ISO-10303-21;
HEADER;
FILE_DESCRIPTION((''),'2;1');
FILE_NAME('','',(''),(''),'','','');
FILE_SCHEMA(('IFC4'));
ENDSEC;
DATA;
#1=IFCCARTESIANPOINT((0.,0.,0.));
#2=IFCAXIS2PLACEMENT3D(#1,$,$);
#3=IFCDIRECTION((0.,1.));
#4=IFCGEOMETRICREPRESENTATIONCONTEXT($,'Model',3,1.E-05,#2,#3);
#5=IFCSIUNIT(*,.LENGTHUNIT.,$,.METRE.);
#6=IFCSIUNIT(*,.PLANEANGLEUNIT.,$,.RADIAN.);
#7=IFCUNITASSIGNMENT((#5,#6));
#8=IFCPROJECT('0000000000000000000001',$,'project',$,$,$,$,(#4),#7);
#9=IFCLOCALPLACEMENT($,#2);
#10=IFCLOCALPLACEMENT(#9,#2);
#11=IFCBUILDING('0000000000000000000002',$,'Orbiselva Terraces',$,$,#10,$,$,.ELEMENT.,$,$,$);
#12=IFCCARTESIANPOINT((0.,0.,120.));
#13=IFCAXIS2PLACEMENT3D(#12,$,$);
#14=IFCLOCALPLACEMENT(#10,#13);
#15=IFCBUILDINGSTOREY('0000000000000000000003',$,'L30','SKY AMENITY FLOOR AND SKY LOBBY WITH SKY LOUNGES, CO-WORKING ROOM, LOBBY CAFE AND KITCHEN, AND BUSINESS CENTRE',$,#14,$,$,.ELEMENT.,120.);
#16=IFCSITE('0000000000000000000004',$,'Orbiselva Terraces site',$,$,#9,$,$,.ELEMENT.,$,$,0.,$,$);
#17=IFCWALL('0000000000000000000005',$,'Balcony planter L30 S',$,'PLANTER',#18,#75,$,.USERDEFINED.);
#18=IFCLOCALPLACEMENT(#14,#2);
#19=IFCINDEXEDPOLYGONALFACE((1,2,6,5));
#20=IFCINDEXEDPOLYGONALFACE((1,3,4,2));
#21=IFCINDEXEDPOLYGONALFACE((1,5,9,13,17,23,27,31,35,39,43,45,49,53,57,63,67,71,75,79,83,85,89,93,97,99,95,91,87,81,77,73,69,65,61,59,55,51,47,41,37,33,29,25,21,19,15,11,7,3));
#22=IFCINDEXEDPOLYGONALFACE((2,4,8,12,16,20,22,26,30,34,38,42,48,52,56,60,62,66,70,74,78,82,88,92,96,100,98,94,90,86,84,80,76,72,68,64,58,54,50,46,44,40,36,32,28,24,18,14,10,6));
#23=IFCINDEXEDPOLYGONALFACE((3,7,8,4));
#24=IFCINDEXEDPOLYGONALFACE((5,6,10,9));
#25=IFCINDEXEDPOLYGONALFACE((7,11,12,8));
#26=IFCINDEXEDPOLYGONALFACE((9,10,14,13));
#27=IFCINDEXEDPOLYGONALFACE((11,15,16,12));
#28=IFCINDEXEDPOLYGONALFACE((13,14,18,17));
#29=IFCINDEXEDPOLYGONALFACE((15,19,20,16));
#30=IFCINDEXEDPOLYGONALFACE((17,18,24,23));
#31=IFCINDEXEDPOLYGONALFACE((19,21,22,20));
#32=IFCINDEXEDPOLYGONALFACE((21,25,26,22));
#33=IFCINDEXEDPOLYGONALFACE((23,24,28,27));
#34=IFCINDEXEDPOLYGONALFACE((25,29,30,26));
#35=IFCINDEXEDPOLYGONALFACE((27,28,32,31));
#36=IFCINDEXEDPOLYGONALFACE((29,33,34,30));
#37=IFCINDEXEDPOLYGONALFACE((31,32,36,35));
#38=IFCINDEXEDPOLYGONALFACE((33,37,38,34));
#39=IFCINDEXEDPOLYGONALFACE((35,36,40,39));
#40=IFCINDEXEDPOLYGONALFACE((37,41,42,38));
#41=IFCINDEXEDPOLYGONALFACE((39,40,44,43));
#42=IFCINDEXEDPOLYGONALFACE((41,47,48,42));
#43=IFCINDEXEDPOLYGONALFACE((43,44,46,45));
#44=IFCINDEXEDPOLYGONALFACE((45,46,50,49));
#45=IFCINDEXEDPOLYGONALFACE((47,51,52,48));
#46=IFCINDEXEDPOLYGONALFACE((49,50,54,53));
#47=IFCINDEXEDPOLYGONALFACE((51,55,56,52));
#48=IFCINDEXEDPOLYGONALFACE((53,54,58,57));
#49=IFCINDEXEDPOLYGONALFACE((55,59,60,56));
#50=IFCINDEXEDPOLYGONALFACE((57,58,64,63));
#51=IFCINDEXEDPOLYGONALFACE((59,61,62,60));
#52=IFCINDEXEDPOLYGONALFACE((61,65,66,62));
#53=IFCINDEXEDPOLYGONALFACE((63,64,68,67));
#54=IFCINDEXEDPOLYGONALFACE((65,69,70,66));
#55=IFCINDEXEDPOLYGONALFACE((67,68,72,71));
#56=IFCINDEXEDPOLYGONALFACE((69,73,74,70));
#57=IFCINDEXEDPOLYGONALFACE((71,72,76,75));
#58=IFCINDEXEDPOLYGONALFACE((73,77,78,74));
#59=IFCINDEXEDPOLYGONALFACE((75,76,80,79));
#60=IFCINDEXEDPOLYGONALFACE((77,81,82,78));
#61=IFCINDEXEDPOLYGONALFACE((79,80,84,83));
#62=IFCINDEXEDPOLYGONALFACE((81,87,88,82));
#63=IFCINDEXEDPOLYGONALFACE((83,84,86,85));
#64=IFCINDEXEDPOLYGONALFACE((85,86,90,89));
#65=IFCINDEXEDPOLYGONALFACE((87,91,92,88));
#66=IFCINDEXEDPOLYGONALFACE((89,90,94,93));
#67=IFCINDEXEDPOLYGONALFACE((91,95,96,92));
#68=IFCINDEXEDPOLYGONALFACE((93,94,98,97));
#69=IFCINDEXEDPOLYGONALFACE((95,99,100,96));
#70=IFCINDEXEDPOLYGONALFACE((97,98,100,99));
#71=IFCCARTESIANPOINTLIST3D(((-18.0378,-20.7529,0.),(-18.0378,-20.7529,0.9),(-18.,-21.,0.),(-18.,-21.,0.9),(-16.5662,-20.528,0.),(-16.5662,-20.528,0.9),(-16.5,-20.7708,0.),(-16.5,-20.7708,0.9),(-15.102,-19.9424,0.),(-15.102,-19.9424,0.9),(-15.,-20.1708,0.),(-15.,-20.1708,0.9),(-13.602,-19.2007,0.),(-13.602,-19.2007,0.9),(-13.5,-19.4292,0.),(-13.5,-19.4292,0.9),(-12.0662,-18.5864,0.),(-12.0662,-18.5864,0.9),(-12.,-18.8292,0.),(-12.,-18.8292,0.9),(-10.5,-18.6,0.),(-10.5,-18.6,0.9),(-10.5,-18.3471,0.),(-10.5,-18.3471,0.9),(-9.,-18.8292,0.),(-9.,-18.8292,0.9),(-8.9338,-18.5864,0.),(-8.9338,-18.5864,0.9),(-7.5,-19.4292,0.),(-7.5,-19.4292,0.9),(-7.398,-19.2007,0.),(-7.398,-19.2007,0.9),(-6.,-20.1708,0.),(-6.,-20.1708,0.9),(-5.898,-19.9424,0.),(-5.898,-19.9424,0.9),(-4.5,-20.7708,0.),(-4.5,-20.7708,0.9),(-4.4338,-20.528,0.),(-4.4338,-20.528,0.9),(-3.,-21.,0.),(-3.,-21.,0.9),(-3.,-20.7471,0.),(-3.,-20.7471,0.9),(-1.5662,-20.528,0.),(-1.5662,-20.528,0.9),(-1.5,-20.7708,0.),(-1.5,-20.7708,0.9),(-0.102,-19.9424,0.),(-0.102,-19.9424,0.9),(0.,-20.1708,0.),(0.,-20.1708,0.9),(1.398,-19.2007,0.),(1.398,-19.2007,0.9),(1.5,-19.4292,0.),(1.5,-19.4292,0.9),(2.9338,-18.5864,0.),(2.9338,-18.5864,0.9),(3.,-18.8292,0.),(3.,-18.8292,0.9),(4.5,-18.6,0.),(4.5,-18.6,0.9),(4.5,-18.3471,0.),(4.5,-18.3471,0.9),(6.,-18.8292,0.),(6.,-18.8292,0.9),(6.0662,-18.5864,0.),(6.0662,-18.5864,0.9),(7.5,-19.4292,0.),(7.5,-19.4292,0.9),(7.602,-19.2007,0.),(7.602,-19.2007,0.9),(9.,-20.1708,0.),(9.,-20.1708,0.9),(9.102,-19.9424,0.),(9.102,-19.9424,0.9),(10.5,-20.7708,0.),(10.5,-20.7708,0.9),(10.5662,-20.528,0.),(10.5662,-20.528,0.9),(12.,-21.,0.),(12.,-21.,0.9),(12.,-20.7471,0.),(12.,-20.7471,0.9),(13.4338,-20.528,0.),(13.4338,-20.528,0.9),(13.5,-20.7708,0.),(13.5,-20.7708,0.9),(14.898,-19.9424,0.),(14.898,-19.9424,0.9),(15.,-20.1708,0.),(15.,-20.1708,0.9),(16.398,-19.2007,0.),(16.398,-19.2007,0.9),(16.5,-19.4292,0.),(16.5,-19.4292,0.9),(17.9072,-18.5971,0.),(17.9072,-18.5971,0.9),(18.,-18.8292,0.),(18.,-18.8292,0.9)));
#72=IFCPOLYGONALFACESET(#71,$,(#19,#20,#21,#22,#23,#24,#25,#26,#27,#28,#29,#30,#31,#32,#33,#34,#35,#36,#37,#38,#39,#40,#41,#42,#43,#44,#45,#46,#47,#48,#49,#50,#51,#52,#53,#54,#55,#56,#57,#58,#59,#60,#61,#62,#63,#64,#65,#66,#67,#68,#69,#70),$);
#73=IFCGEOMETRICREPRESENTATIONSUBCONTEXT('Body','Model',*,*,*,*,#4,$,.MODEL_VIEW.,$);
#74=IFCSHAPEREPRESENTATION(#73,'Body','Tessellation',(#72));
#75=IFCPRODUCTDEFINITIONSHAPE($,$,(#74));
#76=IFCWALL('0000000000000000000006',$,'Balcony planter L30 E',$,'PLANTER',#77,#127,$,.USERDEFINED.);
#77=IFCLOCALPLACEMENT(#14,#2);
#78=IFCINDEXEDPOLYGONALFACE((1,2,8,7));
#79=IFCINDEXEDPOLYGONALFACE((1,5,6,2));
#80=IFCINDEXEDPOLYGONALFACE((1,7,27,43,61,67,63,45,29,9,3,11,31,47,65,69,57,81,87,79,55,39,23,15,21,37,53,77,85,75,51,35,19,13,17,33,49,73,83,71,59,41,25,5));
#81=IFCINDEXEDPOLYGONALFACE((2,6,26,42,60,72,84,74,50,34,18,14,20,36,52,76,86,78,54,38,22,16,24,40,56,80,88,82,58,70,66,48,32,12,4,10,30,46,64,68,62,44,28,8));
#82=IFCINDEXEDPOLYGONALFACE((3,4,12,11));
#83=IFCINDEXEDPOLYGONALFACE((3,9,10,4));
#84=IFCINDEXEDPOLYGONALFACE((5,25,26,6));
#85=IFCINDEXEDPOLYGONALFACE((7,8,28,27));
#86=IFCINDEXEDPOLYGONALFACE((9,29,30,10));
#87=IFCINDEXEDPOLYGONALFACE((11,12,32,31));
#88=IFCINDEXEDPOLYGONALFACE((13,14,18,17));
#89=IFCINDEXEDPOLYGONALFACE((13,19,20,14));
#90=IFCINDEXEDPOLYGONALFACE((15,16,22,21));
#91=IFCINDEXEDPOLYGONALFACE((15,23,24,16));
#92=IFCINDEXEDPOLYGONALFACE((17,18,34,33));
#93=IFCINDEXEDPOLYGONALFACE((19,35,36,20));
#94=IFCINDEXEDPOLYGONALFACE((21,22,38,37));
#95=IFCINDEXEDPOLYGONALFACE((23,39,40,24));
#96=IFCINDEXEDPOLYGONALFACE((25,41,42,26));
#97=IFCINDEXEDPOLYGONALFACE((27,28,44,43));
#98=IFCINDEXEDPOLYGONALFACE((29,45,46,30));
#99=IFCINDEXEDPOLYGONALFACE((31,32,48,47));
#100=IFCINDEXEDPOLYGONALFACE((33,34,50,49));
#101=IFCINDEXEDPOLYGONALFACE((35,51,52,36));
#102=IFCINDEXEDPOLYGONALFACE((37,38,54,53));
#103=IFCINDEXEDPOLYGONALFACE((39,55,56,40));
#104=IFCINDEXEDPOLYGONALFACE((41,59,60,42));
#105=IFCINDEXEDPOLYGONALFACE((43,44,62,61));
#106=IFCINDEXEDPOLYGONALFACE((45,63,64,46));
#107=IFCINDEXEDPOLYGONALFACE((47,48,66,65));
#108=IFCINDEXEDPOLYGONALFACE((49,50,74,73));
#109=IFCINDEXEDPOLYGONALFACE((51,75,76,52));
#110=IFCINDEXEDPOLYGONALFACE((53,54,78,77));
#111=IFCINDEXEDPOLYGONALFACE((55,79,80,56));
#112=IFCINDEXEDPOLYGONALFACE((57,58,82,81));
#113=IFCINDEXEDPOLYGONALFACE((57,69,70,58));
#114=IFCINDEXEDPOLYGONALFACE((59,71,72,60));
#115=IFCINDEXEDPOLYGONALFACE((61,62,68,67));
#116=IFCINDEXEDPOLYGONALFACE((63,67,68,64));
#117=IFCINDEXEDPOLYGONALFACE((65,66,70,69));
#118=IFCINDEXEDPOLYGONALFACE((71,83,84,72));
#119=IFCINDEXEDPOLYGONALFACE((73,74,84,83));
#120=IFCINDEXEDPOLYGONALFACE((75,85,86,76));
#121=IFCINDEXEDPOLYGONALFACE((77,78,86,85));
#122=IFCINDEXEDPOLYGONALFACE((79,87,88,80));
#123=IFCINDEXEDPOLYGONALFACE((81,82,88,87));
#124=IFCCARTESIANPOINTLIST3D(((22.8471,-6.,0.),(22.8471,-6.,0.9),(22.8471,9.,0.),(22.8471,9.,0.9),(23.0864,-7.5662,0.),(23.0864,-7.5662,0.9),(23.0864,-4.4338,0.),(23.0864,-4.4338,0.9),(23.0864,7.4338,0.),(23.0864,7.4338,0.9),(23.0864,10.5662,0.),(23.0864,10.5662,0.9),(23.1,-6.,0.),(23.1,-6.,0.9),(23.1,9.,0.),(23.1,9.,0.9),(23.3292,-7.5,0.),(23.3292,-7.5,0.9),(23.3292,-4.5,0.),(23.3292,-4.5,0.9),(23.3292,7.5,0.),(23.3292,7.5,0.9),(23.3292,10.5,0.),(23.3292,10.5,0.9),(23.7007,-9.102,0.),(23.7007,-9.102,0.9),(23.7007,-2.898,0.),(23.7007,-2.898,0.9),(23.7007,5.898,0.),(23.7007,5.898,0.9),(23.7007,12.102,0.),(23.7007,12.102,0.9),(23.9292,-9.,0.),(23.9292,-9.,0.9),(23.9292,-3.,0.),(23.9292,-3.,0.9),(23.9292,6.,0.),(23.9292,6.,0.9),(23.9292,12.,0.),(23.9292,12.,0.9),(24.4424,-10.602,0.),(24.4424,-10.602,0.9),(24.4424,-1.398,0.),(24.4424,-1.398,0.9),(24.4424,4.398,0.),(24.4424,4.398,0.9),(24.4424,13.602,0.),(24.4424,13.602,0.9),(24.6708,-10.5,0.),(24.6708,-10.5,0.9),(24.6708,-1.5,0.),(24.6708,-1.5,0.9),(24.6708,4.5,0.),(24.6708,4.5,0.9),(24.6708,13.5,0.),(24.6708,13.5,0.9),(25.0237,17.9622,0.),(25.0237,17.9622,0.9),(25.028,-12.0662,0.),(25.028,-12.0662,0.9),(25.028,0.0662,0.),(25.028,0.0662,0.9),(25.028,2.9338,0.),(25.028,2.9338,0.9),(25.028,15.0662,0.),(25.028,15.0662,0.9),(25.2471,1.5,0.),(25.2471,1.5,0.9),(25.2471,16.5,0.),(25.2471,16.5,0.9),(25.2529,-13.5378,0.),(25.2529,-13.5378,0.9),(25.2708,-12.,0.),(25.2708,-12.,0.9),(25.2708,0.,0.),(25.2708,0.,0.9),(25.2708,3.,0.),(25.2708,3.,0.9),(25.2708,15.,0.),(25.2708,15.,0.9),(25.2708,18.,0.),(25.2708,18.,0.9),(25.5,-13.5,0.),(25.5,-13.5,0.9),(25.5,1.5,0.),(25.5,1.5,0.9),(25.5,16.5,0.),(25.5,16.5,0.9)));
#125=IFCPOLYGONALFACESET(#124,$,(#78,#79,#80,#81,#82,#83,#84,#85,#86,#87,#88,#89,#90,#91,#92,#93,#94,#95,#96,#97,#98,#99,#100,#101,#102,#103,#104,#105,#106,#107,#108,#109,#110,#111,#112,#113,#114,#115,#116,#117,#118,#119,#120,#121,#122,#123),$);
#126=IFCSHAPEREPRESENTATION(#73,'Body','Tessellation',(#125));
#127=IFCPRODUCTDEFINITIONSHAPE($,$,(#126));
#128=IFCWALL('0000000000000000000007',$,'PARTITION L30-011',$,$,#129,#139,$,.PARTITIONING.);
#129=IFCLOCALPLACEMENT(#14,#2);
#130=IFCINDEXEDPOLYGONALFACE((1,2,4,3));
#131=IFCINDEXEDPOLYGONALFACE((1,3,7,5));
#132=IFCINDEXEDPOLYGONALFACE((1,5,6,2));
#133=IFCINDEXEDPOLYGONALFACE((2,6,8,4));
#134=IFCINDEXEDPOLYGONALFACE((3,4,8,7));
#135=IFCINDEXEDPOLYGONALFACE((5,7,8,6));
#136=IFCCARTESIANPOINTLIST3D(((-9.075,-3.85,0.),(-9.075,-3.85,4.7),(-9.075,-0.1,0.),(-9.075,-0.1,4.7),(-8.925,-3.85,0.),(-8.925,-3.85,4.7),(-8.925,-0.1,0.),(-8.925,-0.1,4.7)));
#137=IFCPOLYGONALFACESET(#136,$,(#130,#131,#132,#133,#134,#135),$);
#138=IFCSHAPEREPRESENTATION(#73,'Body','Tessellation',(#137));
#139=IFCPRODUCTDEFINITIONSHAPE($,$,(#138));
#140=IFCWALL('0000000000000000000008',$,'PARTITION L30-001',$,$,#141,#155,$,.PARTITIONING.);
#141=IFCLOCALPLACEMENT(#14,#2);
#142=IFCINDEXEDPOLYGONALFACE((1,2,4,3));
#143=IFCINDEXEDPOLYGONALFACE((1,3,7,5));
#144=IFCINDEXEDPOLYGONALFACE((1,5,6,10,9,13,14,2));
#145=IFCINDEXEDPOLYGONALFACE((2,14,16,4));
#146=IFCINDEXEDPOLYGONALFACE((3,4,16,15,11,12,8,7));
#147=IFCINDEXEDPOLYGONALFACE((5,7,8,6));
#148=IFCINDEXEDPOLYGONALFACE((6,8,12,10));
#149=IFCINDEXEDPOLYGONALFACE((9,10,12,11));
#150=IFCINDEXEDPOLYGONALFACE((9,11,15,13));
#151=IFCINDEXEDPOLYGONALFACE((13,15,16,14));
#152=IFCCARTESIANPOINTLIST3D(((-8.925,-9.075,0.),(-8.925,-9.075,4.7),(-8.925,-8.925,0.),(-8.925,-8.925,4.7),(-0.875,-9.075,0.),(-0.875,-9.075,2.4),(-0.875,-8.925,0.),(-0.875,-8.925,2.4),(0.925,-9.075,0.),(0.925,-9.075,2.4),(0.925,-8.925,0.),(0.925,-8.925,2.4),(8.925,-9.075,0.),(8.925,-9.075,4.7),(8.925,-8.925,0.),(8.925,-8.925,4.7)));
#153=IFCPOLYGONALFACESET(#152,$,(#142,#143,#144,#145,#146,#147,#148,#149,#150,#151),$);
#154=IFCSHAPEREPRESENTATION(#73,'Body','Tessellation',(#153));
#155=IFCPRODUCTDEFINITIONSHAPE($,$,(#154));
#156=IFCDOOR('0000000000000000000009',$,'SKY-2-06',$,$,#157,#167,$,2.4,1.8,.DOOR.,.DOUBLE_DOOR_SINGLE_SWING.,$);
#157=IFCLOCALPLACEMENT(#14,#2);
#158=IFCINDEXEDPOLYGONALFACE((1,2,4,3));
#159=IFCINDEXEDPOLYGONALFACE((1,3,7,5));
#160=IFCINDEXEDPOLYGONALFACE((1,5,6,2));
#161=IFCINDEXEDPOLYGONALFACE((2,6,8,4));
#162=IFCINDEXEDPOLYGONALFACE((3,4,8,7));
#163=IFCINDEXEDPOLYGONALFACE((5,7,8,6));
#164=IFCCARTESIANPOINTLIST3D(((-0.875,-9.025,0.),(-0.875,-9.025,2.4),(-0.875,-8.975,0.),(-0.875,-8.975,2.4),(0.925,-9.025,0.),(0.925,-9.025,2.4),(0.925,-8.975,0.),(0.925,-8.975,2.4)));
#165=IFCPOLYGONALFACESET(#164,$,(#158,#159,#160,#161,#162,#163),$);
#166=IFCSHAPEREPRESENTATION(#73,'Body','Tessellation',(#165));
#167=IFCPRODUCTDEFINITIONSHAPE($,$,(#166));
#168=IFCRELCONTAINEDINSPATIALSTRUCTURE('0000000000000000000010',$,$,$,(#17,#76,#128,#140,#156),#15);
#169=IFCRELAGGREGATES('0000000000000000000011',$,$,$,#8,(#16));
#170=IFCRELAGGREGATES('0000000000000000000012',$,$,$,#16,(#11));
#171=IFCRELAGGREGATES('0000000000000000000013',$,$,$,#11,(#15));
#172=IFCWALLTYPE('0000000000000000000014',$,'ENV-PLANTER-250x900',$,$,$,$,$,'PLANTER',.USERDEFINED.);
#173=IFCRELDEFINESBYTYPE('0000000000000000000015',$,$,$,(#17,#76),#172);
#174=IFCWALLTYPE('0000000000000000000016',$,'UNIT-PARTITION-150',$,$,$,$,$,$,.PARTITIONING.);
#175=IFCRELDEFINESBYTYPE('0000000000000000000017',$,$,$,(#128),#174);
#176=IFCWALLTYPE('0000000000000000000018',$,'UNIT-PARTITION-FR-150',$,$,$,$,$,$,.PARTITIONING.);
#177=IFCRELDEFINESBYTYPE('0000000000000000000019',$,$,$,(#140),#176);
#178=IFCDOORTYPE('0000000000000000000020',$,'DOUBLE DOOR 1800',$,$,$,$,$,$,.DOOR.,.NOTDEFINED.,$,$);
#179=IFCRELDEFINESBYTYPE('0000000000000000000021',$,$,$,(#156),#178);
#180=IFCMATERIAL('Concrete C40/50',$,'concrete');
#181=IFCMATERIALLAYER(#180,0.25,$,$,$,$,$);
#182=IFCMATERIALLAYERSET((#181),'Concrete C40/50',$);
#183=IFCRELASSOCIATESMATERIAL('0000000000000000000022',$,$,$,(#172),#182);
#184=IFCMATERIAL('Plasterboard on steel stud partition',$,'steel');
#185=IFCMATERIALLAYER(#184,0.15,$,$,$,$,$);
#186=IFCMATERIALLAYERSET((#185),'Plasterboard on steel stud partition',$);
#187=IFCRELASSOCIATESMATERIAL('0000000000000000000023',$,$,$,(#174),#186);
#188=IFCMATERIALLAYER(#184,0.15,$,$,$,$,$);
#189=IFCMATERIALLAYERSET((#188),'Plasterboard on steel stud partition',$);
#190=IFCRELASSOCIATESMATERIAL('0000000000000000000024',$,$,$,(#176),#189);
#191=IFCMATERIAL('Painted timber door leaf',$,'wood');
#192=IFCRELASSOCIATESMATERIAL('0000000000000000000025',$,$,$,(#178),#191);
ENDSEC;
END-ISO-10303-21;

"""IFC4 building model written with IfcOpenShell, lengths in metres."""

from ifc_helpers import new_model, si_unit, direction, frame, frame_2d, origin, place, context, subcontext, project, spatial, polyline, rectangle, outline, extrude, material, layer, layer_set, type_object, element, fill, save


model = new_model("IFC4")

# Units and contexts
model_context = context("Model", 3, precision=1e-05, world=origin(), true_north=direction((0.0, 1.0)))
body_context = subcontext(model_context, "Body", "Model", "MODEL_VIEW")
ifc_project = project(units=[si_unit("LENGTHUNIT", "METRE"), si_unit("PLANEANGLEUNIT", "RADIAN")], contexts=[model_context])

# Site, building, storey
site_placement = place(None, origin())
site = spatial("IfcSite", under=ifc_project, at=site_placement, Name="Orbiselva Terraces site", CompositionType="ELEMENT", RefElevation=0.0)
building_placement = place(site_placement, origin())
building = spatial("IfcBuilding", under=site, at=building_placement, Name="Orbiselva Terraces", CompositionType="ELEMENT")
storey_placement = place(building_placement, frame((0.0, 0.0, 120.0)))
storey = spatial("IfcBuildingStorey", under=building, at=storey_placement, Name="L30", Description="SKY AMENITY FLOOR AND SKY LOBBY WITH SKY LOUNGES, CO-WORKING ROOM, LOBBY CAFE AND KITCHEN, AND BUSINESS CENTRE", CompositionType="ELEMENT", Elevation=120.0)

# Walls
ifc_material_1 = material(Name="Concrete C40/50", Category="concrete")
ifc_layer_1 = layer(ifc_material_1, 0.25)
ifc_layer_set_1 = layer_set([ifc_layer_1], Name="Concrete C40/50")
wall_type_1 = type_object("IfcWallType", Name="ENV-PLANTER-250x900", ElementType="PLANTER", PredefinedType="USERDEFINED", material=ifc_layer_set_1)
wall_1_placement = place(storey_placement, origin())
element("IfcWall", 1, at=wall_1_placement, inside=storey, type_object=wall_type_1, Name="Balcony planter L30 S", ObjectType="PLANTER", PredefinedType="USERDEFINED", context=body_context, shape_type="SweptSolid", body=[
    extrude(outline(polyline([(-18.0, -21.0), (-16.5, -20.7708), (-15.0, -20.1708), (-13.5, -19.4292), (-12.0, -18.8292), (-10.5, -18.6), (-9.0, -18.8292), (-7.5, -19.4292), (-6.0, -20.1708), (-4.5, -20.7708), (-3.0, -21.0), (-1.5, -20.7708), (0.0, -20.1708), (1.5, -19.4292), (3.0, -18.8292), (4.5, -18.6), (6.0, -18.8292), (7.5, -19.4292), (9.0, -20.1708), (10.5, -20.7708), (12.0, -21.0), (13.5, -20.7708), (15.0, -20.1708), (16.5, -19.4292), (18.0, -18.8292), (17.9072, -18.5971), (16.398, -19.2007), (14.898, -19.9424), (13.4338, -20.528), (12.0, -20.7471), (10.5662, -20.528), (9.102, -19.9424), (7.602, -19.2007), (6.0662, -18.5864), (4.5, -18.3471), (2.9338, -18.5864), (1.398, -19.2007), (-0.102, -19.9424), (-1.5662, -20.528), (-3.0, -20.7471), (-4.4338, -20.528), (-5.898, -19.9424), (-7.398, -19.2007), (-8.9338, -18.5864), (-10.5, -18.3471), (-12.0662, -18.5864), (-13.602, -19.2007), (-15.102, -19.9424), (-16.5662, -20.528), (-18.0378, -20.7529), (-18.0, -21.0)])), origin(), (0.0, 0.0, 1.0), 0.9),
])
wall_2_placement = place(storey_placement, origin())
element("IfcWall", 2, at=wall_2_placement, inside=storey, type_object=wall_type_1, Name="Balcony planter L30 E", ObjectType="PLANTER", PredefinedType="USERDEFINED", context=body_context, shape_type="SweptSolid", body=[
    extrude(outline(polyline([(25.5, -13.5), (25.2708, -12.0), (24.6708, -10.5), (23.9292, -9.0), (23.3292, -7.5), (23.1, -6.0), (23.3292, -4.5), (23.9292, -3.0), (24.6708, -1.5), (25.2708, 0.0), (25.5, 1.5), (25.2708, 3.0), (24.6708, 4.5), (23.9292, 6.0), (23.3292, 7.5), (23.1, 9.0), (23.3292, 10.5), (23.9292, 12.0), (24.6708, 13.5), (25.2708, 15.0), (25.5, 16.5), (25.2708, 18.0), (25.0237, 17.9622), (25.2471, 16.5), (25.028, 15.0662), (24.4424, 13.602), (23.7007, 12.102), (23.0864, 10.5662), (22.8471, 9.0), (23.0864, 7.4338), (23.7007, 5.898), (24.4424, 4.398), (25.028, 2.9338), (25.2471, 1.5), (25.028, 0.0662), (24.4424, -1.398), (23.7007, -2.898), (23.0864, -4.4338), (22.8471, -6.0), (23.0864, -7.5662), (23.7007, -9.102), (24.4424, -10.602), (25.028, -12.0662), (25.2529, -13.5378), (25.5, -13.5)])), origin(), (0.0, 0.0, 1.0), 0.9),
])
ifc_material_2 = material(Name="Plasterboard on steel stud partition", Category="steel")
ifc_layer_2 = layer(ifc_material_2, 0.15)
ifc_layer_set_2 = layer_set([ifc_layer_2], Name="Plasterboard on steel stud partition")
wall_type_2 = type_object("IfcWallType", Name="UNIT-PARTITION-150", PredefinedType="PARTITIONING", material=ifc_layer_set_2)
wall_3_placement = place(storey_placement, frame((-9.0, -3.85, 0.0), z_axis=(0.0, 0.0, 1.0), x_axis=(0.0, 1.0, 0.0)))
element("IfcWall", 3, at=wall_3_placement, inside=storey, type_object=wall_type_2, Name="PARTITION L30-011", PredefinedType="PARTITIONING", context=body_context, shape_type="SweptSolid", body=[
    extrude(rectangle(XDim=3.75, YDim=0.15, at=frame_2d((1.875, 0.0))), origin(), (0.0, 0.0, 1.0), 4.7),
])

# Wall, opening, door
ifc_layer_3 = layer(ifc_material_2, 0.15)
ifc_layer_set_3 = layer_set([ifc_layer_3], Name="Plasterboard on steel stud partition")
wall_type_3 = type_object("IfcWallType", Name="UNIT-PARTITION-FR-150", PredefinedType="PARTITIONING", material=ifc_layer_set_3)
wall_4_placement = place(storey_placement, frame((-8.925, -9.0, 0.0), z_axis=(0.0, 0.0, 1.0), x_axis=(1.0, 0.0, 0.0)))
wall_4 = element("IfcWall", 4, at=wall_4_placement, inside=storey, type_object=wall_type_3, Name="PARTITION L30-001", PredefinedType="PARTITIONING", context=body_context, shape_type="SweptSolid", body=[
    extrude(rectangle(XDim=17.85, YDim=0.15, at=frame_2d((8.925, 0.0))), origin(), (0.0, 0.0, 1.0), 4.7),
])
opening_placement = place(wall_4_placement, frame((8.05, 0.0, 0.0)))
opening = element("IfcOpeningElement", 5, at=opening_placement, cuts=wall_4, PredefinedType="OPENING", context=body_context, shape_type="SweptSolid", body=[
    extrude(rectangle(XDim=1.8, YDim=2.4, at=frame_2d((0.9, 1.2))), frame((0.0, 0.085, 0.0), z_axis=(0.0, -1.0, 0.0), x_axis=(1.0, 0.0, 0.0)), (0.0, 0.0, 1.0), 0.17),
])
ifc_material_3 = material(Name="Painted timber door leaf", Category="wood")
door_type = type_object("IfcDoorType", Name="DOUBLE DOOR 1800", OperationType="NOTDEFINED", PredefinedType="DOOR", material=ifc_material_3)
door_placement = place(opening_placement, origin())
door = element("IfcDoor", 6, at=door_placement, inside=storey, type_object=door_type, Name="SKY-2-06", OperationType="DOUBLE_DOOR_SINGLE_SWING", OverallHeight=2.4, OverallWidth=1.8, PredefinedType="DOOR", context=body_context, shape_type="SweptSolid", body=[
    extrude(rectangle(XDim=1.8, YDim=2.4, at=frame_2d((0.9, 1.2))), frame((0.0, 0.025, 0.0), z_axis=(0.0, -1.0, 0.0), x_axis=(1.0, 0.0, 0.0)), (0.0, 0.0, 1.0), 0.05),
])
fill(opening, door)

save(model, "model.ifc")
